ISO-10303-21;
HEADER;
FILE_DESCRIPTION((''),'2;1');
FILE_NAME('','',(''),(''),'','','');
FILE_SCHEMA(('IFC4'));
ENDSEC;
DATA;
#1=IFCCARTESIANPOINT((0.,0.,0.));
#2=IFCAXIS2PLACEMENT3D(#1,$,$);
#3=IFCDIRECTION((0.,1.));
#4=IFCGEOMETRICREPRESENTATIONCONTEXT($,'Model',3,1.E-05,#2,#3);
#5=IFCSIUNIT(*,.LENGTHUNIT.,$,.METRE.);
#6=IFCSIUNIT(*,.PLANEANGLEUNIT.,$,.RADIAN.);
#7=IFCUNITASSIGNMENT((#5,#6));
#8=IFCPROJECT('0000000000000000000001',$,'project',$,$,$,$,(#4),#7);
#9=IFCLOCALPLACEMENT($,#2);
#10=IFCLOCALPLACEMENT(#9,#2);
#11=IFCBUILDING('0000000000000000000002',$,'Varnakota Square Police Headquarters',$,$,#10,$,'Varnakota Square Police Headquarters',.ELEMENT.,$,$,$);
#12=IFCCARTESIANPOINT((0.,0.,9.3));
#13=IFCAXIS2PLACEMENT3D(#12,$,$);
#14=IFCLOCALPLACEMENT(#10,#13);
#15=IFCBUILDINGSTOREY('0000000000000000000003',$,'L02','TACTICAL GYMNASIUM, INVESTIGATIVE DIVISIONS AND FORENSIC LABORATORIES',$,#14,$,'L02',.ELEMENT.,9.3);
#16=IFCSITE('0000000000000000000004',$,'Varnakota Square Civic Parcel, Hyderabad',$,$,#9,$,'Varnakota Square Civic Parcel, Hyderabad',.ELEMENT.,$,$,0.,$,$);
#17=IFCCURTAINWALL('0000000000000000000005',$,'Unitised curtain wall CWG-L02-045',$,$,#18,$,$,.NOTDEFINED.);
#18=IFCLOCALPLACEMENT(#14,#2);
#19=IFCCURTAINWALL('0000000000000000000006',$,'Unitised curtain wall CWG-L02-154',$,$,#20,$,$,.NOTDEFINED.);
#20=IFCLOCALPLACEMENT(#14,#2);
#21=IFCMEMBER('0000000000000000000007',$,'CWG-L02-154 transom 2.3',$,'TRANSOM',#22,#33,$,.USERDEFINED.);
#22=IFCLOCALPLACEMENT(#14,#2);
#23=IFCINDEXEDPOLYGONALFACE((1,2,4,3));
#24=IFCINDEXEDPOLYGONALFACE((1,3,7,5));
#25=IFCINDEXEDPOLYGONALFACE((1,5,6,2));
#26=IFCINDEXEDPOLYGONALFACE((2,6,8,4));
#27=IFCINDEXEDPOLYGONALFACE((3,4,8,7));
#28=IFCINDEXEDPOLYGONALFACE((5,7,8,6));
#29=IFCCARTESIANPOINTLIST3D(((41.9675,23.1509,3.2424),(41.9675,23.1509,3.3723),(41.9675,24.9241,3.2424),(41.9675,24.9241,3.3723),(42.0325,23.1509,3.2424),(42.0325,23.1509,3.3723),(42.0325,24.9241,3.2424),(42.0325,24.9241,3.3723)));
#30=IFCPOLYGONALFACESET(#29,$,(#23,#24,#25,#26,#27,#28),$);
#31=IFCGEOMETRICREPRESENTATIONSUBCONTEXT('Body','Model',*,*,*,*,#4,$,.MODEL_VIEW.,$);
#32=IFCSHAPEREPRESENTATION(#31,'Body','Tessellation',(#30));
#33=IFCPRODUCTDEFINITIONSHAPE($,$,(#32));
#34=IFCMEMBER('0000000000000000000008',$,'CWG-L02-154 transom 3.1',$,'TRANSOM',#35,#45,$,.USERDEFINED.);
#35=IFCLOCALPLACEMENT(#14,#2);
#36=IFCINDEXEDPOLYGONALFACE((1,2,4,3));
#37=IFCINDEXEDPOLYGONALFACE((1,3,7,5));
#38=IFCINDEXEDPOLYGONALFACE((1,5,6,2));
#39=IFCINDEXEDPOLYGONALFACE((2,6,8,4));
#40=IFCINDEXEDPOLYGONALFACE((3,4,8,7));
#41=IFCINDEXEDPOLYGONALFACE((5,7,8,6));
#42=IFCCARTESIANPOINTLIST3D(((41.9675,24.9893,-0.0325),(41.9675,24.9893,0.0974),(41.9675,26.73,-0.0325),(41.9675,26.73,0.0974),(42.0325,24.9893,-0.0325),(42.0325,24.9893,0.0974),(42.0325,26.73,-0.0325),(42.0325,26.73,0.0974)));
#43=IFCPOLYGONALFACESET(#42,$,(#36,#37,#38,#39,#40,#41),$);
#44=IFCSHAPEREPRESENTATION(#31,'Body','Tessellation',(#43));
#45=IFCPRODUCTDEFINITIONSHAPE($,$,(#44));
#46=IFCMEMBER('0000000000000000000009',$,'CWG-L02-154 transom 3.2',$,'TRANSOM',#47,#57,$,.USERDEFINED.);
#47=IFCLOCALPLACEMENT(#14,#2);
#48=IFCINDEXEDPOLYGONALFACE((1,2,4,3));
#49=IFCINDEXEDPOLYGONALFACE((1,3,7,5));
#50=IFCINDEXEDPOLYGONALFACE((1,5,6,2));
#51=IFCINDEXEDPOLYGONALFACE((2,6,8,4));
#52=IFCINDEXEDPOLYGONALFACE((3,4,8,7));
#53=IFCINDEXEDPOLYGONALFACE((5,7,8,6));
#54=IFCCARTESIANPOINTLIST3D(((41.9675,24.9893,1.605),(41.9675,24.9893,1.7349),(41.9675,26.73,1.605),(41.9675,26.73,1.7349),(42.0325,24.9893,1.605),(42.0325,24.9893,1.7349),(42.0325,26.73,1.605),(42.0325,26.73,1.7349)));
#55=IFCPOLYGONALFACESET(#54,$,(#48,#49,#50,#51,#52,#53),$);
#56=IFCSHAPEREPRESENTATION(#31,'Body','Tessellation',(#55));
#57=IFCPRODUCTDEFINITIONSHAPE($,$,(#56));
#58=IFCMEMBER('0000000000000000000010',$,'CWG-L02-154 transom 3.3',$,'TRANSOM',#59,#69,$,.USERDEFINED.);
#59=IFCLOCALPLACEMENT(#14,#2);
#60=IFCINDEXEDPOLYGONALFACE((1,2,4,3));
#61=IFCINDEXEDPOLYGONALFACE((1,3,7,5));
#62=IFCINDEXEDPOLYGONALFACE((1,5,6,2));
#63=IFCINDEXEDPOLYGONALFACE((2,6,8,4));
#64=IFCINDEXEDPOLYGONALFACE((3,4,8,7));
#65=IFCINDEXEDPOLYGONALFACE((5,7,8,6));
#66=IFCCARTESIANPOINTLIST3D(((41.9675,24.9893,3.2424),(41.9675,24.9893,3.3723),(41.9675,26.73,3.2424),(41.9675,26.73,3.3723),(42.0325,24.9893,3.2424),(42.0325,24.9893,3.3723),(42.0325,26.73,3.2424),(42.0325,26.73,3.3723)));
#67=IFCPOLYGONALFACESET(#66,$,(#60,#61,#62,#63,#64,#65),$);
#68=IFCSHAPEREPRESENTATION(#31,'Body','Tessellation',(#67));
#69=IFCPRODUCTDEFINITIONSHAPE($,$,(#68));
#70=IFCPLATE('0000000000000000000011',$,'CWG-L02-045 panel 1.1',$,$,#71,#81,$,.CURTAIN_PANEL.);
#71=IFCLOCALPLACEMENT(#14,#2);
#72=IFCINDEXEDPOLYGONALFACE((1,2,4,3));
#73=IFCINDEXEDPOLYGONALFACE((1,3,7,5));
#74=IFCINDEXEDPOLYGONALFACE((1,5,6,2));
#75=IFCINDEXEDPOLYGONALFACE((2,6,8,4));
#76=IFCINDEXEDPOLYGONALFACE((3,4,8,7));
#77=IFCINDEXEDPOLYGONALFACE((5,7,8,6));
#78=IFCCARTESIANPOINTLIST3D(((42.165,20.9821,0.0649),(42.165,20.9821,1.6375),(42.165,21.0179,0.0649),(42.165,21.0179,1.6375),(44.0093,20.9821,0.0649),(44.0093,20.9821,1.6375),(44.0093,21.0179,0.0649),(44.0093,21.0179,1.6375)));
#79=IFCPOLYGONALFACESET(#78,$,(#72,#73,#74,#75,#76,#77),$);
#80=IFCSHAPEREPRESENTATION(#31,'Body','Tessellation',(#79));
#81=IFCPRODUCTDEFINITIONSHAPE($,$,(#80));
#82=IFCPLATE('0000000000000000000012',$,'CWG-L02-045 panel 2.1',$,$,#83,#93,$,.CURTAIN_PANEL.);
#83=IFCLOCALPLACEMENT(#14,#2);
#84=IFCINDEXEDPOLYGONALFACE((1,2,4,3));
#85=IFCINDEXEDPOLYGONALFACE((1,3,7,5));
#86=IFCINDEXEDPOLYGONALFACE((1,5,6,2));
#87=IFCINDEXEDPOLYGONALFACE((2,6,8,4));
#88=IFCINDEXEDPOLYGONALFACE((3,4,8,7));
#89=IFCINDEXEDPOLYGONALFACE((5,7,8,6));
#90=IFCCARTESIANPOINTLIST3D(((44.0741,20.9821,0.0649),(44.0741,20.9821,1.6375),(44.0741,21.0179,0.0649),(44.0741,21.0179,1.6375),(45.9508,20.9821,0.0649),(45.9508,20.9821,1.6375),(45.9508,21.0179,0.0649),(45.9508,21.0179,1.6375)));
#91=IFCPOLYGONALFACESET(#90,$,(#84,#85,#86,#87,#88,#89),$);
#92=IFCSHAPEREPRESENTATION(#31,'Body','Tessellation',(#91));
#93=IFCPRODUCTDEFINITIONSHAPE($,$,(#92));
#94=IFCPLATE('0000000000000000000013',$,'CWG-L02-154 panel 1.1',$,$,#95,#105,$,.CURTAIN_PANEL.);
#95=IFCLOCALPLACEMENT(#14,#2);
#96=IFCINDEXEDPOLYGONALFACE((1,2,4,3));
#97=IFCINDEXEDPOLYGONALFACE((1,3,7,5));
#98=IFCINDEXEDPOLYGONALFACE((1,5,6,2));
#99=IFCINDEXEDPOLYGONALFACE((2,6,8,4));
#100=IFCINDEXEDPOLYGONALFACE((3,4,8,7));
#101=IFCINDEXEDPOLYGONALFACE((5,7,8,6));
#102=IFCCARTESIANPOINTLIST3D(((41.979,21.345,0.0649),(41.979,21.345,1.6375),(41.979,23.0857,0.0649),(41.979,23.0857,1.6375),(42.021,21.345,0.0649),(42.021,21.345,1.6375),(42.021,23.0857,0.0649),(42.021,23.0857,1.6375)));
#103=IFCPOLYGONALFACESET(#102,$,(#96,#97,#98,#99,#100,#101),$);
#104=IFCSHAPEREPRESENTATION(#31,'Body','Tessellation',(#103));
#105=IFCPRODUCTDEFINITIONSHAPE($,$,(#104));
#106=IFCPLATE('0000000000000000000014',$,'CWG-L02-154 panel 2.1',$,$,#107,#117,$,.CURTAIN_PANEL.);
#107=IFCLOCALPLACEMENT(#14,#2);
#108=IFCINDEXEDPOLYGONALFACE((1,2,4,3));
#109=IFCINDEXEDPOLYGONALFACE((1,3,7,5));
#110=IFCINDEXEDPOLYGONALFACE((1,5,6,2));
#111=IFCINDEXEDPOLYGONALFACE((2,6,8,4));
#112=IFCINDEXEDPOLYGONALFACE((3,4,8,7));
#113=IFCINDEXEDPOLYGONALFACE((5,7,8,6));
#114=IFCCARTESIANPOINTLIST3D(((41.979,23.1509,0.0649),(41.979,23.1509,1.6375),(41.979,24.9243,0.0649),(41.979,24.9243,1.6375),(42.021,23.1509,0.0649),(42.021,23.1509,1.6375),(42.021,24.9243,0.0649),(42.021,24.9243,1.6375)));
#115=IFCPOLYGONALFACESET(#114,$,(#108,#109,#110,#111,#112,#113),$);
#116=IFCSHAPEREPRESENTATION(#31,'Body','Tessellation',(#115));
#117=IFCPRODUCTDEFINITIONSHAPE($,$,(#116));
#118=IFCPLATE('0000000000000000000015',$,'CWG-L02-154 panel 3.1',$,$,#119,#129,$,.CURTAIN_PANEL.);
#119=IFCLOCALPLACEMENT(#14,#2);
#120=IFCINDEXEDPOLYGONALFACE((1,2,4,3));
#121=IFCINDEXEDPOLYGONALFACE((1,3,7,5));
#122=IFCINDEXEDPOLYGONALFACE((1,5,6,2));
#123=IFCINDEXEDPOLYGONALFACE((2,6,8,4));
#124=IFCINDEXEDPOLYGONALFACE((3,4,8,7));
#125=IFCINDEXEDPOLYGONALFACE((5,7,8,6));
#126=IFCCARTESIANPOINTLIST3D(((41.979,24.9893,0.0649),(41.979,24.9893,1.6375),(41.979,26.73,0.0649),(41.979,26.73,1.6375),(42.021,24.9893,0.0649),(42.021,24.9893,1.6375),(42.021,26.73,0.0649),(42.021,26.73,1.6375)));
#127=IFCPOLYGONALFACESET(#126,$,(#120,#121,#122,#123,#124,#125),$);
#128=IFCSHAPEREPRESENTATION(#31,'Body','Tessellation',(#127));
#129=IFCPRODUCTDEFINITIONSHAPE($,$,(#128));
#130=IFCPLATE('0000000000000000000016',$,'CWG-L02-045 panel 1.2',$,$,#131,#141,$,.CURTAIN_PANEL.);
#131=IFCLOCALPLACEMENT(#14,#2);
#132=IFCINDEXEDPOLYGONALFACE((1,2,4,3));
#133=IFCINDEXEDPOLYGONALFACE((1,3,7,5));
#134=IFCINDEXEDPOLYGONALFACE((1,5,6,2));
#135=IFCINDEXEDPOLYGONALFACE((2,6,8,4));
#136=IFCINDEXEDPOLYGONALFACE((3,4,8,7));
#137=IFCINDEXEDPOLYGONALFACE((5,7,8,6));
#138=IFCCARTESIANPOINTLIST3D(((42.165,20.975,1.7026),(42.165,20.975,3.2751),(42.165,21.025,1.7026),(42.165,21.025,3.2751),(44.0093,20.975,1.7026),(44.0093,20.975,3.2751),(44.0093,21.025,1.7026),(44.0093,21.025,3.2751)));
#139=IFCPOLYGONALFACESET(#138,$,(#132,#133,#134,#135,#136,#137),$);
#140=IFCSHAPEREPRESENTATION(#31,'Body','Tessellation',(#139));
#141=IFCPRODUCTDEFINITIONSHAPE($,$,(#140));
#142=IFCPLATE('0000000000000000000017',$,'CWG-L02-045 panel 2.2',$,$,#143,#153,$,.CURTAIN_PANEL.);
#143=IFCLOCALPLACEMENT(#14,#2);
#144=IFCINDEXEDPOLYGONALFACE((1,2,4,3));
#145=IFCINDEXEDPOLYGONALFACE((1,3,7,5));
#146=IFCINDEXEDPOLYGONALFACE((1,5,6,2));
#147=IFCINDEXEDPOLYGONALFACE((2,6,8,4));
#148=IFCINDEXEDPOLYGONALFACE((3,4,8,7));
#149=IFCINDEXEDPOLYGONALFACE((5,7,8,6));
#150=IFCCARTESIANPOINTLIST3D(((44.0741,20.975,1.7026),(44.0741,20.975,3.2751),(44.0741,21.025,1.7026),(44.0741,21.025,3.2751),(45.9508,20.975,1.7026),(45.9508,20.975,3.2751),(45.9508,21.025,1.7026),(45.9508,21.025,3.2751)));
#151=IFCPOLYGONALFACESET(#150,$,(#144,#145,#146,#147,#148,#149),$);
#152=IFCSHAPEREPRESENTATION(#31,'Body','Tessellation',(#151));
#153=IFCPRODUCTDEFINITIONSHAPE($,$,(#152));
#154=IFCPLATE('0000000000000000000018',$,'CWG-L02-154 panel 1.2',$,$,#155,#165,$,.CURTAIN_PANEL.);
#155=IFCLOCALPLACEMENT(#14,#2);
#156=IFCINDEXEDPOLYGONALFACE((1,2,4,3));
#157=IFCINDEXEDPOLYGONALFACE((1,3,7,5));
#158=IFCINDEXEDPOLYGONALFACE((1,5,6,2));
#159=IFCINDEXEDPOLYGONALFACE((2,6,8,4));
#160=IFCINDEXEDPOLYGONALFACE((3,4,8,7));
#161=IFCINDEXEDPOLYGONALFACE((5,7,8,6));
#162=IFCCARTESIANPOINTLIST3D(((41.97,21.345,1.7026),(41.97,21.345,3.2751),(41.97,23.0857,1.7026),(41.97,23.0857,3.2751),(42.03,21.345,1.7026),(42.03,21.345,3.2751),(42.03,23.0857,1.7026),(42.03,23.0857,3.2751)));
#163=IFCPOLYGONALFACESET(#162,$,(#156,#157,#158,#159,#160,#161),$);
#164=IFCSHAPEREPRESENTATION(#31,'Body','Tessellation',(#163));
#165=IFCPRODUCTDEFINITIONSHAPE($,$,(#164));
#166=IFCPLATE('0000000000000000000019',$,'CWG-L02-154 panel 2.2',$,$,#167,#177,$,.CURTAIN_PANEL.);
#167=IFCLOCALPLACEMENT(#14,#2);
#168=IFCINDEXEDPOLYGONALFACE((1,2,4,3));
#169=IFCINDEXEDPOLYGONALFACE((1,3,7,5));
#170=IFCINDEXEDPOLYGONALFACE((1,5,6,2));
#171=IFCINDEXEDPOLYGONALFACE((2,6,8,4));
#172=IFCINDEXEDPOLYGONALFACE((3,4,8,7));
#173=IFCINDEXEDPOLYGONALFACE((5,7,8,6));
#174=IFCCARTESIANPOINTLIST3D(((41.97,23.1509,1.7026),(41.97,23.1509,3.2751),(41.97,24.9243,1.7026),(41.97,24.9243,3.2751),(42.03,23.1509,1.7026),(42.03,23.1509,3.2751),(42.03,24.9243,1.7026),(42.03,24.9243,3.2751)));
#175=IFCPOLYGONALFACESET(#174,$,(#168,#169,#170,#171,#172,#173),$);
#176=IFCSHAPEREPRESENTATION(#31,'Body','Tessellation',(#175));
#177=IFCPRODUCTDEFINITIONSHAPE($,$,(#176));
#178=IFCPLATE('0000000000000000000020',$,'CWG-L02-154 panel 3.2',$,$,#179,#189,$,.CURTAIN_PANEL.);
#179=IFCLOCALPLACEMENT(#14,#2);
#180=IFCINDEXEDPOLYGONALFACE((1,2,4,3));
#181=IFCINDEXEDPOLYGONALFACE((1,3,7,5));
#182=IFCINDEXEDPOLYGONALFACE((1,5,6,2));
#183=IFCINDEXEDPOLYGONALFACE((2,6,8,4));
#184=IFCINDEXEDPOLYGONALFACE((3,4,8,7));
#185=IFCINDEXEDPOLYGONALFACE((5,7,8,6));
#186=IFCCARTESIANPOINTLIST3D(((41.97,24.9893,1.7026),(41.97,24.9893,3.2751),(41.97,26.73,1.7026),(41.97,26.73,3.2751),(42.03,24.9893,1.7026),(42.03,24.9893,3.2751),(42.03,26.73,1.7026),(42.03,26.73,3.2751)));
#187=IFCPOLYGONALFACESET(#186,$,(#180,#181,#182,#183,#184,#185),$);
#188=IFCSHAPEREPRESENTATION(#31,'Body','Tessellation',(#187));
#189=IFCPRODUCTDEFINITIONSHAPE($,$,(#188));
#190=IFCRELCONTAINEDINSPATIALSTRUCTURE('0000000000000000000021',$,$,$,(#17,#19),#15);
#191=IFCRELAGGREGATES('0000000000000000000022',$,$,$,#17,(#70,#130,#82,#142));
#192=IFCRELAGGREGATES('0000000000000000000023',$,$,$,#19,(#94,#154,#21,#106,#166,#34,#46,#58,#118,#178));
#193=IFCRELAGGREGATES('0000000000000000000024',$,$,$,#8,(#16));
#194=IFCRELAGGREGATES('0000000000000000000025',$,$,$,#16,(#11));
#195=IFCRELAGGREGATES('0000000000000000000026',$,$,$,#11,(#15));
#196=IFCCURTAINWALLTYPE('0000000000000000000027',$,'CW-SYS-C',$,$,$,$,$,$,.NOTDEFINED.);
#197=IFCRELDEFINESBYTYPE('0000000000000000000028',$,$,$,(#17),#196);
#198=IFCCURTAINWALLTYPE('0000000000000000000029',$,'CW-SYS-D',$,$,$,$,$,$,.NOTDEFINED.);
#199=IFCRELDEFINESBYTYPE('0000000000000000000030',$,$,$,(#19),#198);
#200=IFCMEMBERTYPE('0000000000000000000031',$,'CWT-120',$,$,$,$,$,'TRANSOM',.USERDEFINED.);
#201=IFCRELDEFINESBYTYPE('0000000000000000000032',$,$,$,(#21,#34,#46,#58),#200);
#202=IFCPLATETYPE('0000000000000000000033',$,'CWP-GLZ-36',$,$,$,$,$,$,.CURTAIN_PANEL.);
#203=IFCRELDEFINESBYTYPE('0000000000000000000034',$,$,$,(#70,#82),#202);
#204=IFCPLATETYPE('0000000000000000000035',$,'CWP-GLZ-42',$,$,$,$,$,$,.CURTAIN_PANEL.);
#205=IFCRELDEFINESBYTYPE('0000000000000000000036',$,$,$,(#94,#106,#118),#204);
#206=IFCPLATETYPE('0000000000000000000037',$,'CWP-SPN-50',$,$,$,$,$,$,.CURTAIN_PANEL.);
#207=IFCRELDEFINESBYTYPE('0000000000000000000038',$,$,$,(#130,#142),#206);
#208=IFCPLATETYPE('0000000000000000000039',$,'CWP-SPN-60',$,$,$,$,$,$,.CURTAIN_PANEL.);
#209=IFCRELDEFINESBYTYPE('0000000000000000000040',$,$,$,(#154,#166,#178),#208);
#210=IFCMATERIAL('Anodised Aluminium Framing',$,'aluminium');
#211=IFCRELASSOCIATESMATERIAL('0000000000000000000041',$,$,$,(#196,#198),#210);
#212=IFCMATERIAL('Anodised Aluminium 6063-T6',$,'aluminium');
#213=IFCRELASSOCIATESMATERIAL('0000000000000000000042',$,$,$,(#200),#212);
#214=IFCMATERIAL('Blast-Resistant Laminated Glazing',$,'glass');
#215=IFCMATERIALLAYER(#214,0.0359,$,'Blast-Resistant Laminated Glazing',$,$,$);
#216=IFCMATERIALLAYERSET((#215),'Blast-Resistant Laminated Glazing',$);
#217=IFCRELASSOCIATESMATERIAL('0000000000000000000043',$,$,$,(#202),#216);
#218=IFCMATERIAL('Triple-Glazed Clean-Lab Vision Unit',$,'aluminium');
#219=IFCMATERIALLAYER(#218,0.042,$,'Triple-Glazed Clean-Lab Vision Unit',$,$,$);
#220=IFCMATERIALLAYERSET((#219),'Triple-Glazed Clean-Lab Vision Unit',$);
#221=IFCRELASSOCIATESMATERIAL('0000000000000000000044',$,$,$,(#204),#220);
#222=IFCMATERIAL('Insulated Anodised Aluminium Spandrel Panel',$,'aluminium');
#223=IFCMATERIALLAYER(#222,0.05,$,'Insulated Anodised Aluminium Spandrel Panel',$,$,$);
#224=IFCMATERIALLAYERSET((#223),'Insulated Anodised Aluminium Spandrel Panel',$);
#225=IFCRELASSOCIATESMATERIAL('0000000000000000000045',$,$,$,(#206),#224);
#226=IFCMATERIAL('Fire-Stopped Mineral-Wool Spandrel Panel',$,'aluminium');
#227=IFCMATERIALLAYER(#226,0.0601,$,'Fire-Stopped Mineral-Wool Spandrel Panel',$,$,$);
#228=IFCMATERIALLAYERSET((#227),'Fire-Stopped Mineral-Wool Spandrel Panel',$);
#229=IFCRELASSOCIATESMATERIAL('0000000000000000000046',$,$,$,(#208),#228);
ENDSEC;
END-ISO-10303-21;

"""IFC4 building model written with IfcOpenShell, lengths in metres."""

from ifc_helpers import new_model, si_unit, direction, frame, origin, origin_2d, place, context, subcontext, project, spatial, rectangle, extrude, material, layer, layer_set, material_profile, profile_set, type_object, element, aggregate, save


model = new_model("IFC4")

# Units and contexts
model_context = context("Model", 3, precision=1e-05, world=origin(), true_north=direction((0.0, 1.0)))
body_context = subcontext(model_context, "Body", "Model", "MODEL_VIEW")
ifc_project = project(units=[si_unit("LENGTHUNIT", "METRE"), si_unit("PLANEANGLEUNIT", "RADIAN")], contexts=[model_context])

# Site, building, storey
site_placement = place(None, origin())
site = spatial("IfcSite", under=ifc_project, at=site_placement, Name="Varnakota Square Civic Parcel, Hyderabad", LongName="Varnakota Square Civic Parcel, Hyderabad", CompositionType="ELEMENT", RefElevation=0.0)
building_placement = place(site_placement, origin())
building = spatial("IfcBuilding", under=site, at=building_placement, Name="Varnakota Square Police Headquarters", LongName="Varnakota Square Police Headquarters", CompositionType="ELEMENT")
storey_placement = place(building_placement, frame((0.0, 0.0, 9.3)))
storey = spatial("IfcBuildingStorey", under=building, at=storey_placement, Name="L02", Description="TACTICAL GYMNASIUM, INVESTIGATIVE DIVISIONS AND FORENSIC LABORATORIES", LongName="L02", CompositionType="ELEMENT", Elevation=9.3)

# Curtain walls
ifc_material_1 = material(Name="Anodised Aluminium Framing", Category="aluminium")
curtain_wall_type_1 = type_object("IfcCurtainWallType", Name="CW-SYS-C", PredefinedType="NOTDEFINED", material=ifc_material_1)
curtain_wall_1_placement = place(storey_placement, origin())
curtain_wall_1 = element("IfcCurtainWall", 1, at=curtain_wall_1_placement, inside=storey, type_object=curtain_wall_type_1, Name="Unitised curtain wall CWG-L02-045", PredefinedType="NOTDEFINED")
ifc_material_2 = material(Name="Anodised Aluminium 6063-T6", Category="aluminium")
curtain_wall_type_2 = type_object("IfcCurtainWallType", Name="CW-SYS-D", PredefinedType="NOTDEFINED", material=ifc_material_1)
curtain_wall_2_placement = place(storey_placement, origin())
curtain_wall_2 = element("IfcCurtainWall", 2, at=curtain_wall_2_placement, inside=storey, type_object=curtain_wall_type_2, Name="Unitised curtain wall CWG-L02-154", PredefinedType="NOTDEFINED")

# Members
ifc_material_profile_1 = material_profile(ifc_material_2, rectangle(XDim=0.0649, YDim=0.1299, at=origin_2d()), Name="ALU TRANSOM 65x130")
ifc_profile_set_1 = profile_set([ifc_material_profile_1], Name="Anodised Aluminium 6063-T6")
member_type_1 = type_object("IfcMemberType", Name="CWT-120", ElementType="TRANSOM", PredefinedType="USERDEFINED", material=ifc_profile_set_1)
member_1_placement = place(storey_placement, frame((42.0, 23.1509, 3.3074), z_axis=(0.0, 1.0, 0.0), x_axis=(-1.0, 0.0, 0.0)))
member_1 = element("IfcMember", 3, at=member_1_placement, type_object=member_type_1, Name="CWG-L02-154 transom 2.3", ObjectType="TRANSOM", PredefinedType="USERDEFINED", context=body_context, shape_type="SweptSolid", body=[
    extrude(rectangle(XDim=0.0649, YDim=0.1299, at=origin_2d()), origin(), (0.0, 0.0, 1.0), 1.7732),
])
member_2_placement = place(storey_placement, frame((42.0, 24.9893, 0.0325), z_axis=(0.0, 1.0, 0.0), x_axis=(-1.0, 0.0, 0.0)))
member_2 = element("IfcMember", 4, at=member_2_placement, type_object=member_type_1, Name="CWG-L02-154 transom 3.1", ObjectType="TRANSOM", PredefinedType="USERDEFINED", context=body_context, shape_type="SweptSolid", body=[
    extrude(rectangle(XDim=0.0649, YDim=0.1299, at=origin_2d()), origin(), (0.0, 0.0, 1.0), 1.7407),
])
member_3_placement = place(storey_placement, frame((42.0, 24.9893, 1.6699), z_axis=(0.0, 1.0, 0.0), x_axis=(-1.0, 0.0, 0.0)))
member_3 = element("IfcMember", 5, at=member_3_placement, type_object=member_type_1, Name="CWG-L02-154 transom 3.2", ObjectType="TRANSOM", PredefinedType="USERDEFINED", context=body_context, shape_type="SweptSolid", body=[
    extrude(rectangle(XDim=0.0649, YDim=0.1299, at=origin_2d()), origin(), (0.0, 0.0, 1.0), 1.7407),
])
member_4_placement = place(storey_placement, frame((42.0, 24.9893, 3.3074), z_axis=(0.0, 1.0, 0.0), x_axis=(-1.0, 0.0, 0.0)))
member_4 = element("IfcMember", 6, at=member_4_placement, type_object=member_type_1, Name="CWG-L02-154 transom 3.3", ObjectType="TRANSOM", PredefinedType="USERDEFINED", context=body_context, shape_type="SweptSolid", body=[
    extrude(rectangle(XDim=0.0649, YDim=0.1299, at=origin_2d()), origin(), (0.0, 0.0, 1.0), 1.7407),
])

# Plates
ifc_material_3 = material(Name="Blast-Resistant Laminated Glazing", Category="glass")
ifc_layer_1 = layer(ifc_material_3, 0.0359, Name="Blast-Resistant Laminated Glazing")
ifc_layer_set_1 = layer_set([ifc_layer_1], Name="Blast-Resistant Laminated Glazing")
plate_type_1 = type_object("IfcPlateType", Name="CWP-GLZ-36", PredefinedType="CURTAIN_PANEL", material=ifc_layer_set_1)
plate_1_placement = place(storey_placement, frame((43.0872, 21.0, 0.0649), z_axis=(0.0, 0.0, 1.0), x_axis=(1.0, 0.0, 0.0)))
plate_1 = element("IfcPlate", 7, at=plate_1_placement, type_object=plate_type_1, Name="CWG-L02-045 panel 1.1", PredefinedType="CURTAIN_PANEL", context=body_context, shape_type="SweptSolid", body=[
    extrude(rectangle(XDim=1.8442, YDim=0.0359, at=origin_2d()), origin(), (0.0, 0.0, 1.0), 1.5725),
])
plate_2_placement = place(storey_placement, frame((45.0125, 21.0, 0.0649), z_axis=(0.0, 0.0, 1.0), x_axis=(1.0, 0.0, 0.0)))
plate_2 = element("IfcPlate", 8, at=plate_2_placement, type_object=plate_type_1, Name="CWG-L02-045 panel 2.1", PredefinedType="CURTAIN_PANEL", context=body_context, shape_type="SweptSolid", body=[
    extrude(rectangle(XDim=1.8767, YDim=0.0359, at=origin_2d()), origin(), (0.0, 0.0, 1.0), 1.5725),
])
ifc_material_4 = material(Name="Triple-Glazed Clean-Lab Vision Unit", Category="aluminium")
ifc_layer_2 = layer(ifc_material_4, 0.042, Name="Triple-Glazed Clean-Lab Vision Unit")
ifc_layer_set_2 = layer_set([ifc_layer_2], Name="Triple-Glazed Clean-Lab Vision Unit")
plate_type_2 = type_object("IfcPlateType", Name="CWP-GLZ-42", PredefinedType="CURTAIN_PANEL", material=ifc_layer_set_2)
plate_3_placement = place(storey_placement, frame((42.0, 22.2153, 0.0649), z_axis=(0.0, 0.0, 1.0), x_axis=(0.0, 1.0, 0.0)))
plate_3 = element("IfcPlate", 9, at=plate_3_placement, type_object=plate_type_2, Name="CWG-L02-154 panel 1.1", PredefinedType="CURTAIN_PANEL", context=body_context, shape_type="SweptSolid", body=[
    extrude(rectangle(XDim=1.7407, YDim=0.042, at=origin_2d()), origin(), (0.0, 0.0, 1.0), 1.5725),
])
plate_4_placement = place(storey_placement, frame((42.0, 24.0376, 0.0649), z_axis=(0.0, 0.0, 1.0), x_axis=(0.0, 1.0, 0.0)))
plate_4 = element("IfcPlate", 10, at=plate_4_placement, type_object=plate_type_2, Name="CWG-L02-154 panel 2.1", PredefinedType="CURTAIN_PANEL", context=body_context, shape_type="SweptSolid", body=[
    extrude(rectangle(XDim=1.7734, YDim=0.042, at=origin_2d()), origin(), (0.0, 0.0, 1.0), 1.5725),
])
plate_5_placement = place(storey_placement, frame((42.0, 25.8596, 0.0649), z_axis=(0.0, 0.0, 1.0), x_axis=(0.0, 1.0, 0.0)))
plate_5 = element("IfcPlate", 11, at=plate_5_placement, type_object=plate_type_2, Name="CWG-L02-154 panel 3.1", PredefinedType="CURTAIN_PANEL", context=body_context, shape_type="SweptSolid", body=[
    extrude(rectangle(XDim=1.7407, YDim=0.042, at=origin_2d()), origin(), (0.0, 0.0, 1.0), 1.5725),
])
ifc_material_5 = material(Name="Insulated Anodised Aluminium Spandrel Panel", Category="aluminium")
ifc_layer_3 = layer(ifc_material_5, 0.05, Name="Insulated Anodised Aluminium Spandrel Panel")
ifc_layer_set_3 = layer_set([ifc_layer_3], Name="Insulated Anodised Aluminium Spandrel Panel")
plate_type_3 = type_object("IfcPlateType", Name="CWP-SPN-50", PredefinedType="CURTAIN_PANEL", material=ifc_layer_set_3)
plate_6_placement = place(storey_placement, frame((43.0872, 21.0, 1.7026), z_axis=(0.0, 0.0, 1.0), x_axis=(1.0, 0.0, 0.0)))
plate_6 = element("IfcPlate", 12, at=plate_6_placement, type_object=plate_type_3, Name="CWG-L02-045 panel 1.2", PredefinedType="CURTAIN_PANEL", context=body_context, shape_type="SweptSolid", body=[
    extrude(rectangle(XDim=1.8442, YDim=0.05, at=origin_2d()), origin(), (0.0, 0.0, 1.0), 1.5725),
])
plate_7_placement = place(storey_placement, frame((45.0125, 21.0, 1.7026), z_axis=(0.0, 0.0, 1.0), x_axis=(1.0, 0.0, 0.0)))
plate_7 = element("IfcPlate", 13, at=plate_7_placement, type_object=plate_type_3, Name="CWG-L02-045 panel 2.2", PredefinedType="CURTAIN_PANEL", context=body_context, shape_type="SweptSolid", body=[
    extrude(rectangle(XDim=1.8767, YDim=0.05, at=origin_2d()), origin(), (0.0, 0.0, 1.0), 1.5725),
])
aggregate(curtain_wall_1, [plate_1, plate_6, plate_2, plate_7])
ifc_material_6 = material(Name="Fire-Stopped Mineral-Wool Spandrel Panel", Category="aluminium")
ifc_layer_4 = layer(ifc_material_6, 0.0601, Name="Fire-Stopped Mineral-Wool Spandrel Panel")
ifc_layer_set_4 = layer_set([ifc_layer_4], Name="Fire-Stopped Mineral-Wool Spandrel Panel")
plate_type_4 = type_object("IfcPlateType", Name="CWP-SPN-60", PredefinedType="CURTAIN_PANEL", material=ifc_layer_set_4)
plate_8_placement = place(storey_placement, frame((42.0, 22.2153, 1.7026), z_axis=(0.0, 0.0, 1.0), x_axis=(0.0, 1.0, 0.0)))
plate_8 = element("IfcPlate", 14, at=plate_8_placement, type_object=plate_type_4, Name="CWG-L02-154 panel 1.2", PredefinedType="CURTAIN_PANEL", context=body_context, shape_type="SweptSolid", body=[
    extrude(rectangle(XDim=1.7407, YDim=0.0601, at=origin_2d()), origin(), (0.0, 0.0, 1.0), 1.5725),
])
plate_9_placement = place(storey_placement, frame((42.0, 24.0376, 1.7026), z_axis=(0.0, 0.0, 1.0), x_axis=(0.0, 1.0, 0.0)))
plate_9 = element("IfcPlate", 15, at=plate_9_placement, type_object=plate_type_4, Name="CWG-L02-154 panel 2.2", PredefinedType="CURTAIN_PANEL", context=body_context, shape_type="SweptSolid", body=[
    extrude(rectangle(XDim=1.7734, YDim=0.0601, at=origin_2d()), origin(), (0.0, 0.0, 1.0), 1.5725),
])
plate_10_placement = place(storey_placement, frame((42.0, 25.8596, 1.7026), z_axis=(0.0, 0.0, 1.0), x_axis=(0.0, 1.0, 0.0)))
plate_10 = element("IfcPlate", 16, at=plate_10_placement, type_object=plate_type_4, Name="CWG-L02-154 panel 3.2", PredefinedType="CURTAIN_PANEL", context=body_context, shape_type="SweptSolid", body=[
    extrude(rectangle(XDim=1.7407, YDim=0.0601, at=origin_2d()), origin(), (0.0, 0.0, 1.0), 1.5725),
])
aggregate(curtain_wall_2, [plate_3, plate_8, member_1, plate_4, plate_9, member_2, member_3, member_4, plate_5, plate_10])

save(model, "model.ifc")
